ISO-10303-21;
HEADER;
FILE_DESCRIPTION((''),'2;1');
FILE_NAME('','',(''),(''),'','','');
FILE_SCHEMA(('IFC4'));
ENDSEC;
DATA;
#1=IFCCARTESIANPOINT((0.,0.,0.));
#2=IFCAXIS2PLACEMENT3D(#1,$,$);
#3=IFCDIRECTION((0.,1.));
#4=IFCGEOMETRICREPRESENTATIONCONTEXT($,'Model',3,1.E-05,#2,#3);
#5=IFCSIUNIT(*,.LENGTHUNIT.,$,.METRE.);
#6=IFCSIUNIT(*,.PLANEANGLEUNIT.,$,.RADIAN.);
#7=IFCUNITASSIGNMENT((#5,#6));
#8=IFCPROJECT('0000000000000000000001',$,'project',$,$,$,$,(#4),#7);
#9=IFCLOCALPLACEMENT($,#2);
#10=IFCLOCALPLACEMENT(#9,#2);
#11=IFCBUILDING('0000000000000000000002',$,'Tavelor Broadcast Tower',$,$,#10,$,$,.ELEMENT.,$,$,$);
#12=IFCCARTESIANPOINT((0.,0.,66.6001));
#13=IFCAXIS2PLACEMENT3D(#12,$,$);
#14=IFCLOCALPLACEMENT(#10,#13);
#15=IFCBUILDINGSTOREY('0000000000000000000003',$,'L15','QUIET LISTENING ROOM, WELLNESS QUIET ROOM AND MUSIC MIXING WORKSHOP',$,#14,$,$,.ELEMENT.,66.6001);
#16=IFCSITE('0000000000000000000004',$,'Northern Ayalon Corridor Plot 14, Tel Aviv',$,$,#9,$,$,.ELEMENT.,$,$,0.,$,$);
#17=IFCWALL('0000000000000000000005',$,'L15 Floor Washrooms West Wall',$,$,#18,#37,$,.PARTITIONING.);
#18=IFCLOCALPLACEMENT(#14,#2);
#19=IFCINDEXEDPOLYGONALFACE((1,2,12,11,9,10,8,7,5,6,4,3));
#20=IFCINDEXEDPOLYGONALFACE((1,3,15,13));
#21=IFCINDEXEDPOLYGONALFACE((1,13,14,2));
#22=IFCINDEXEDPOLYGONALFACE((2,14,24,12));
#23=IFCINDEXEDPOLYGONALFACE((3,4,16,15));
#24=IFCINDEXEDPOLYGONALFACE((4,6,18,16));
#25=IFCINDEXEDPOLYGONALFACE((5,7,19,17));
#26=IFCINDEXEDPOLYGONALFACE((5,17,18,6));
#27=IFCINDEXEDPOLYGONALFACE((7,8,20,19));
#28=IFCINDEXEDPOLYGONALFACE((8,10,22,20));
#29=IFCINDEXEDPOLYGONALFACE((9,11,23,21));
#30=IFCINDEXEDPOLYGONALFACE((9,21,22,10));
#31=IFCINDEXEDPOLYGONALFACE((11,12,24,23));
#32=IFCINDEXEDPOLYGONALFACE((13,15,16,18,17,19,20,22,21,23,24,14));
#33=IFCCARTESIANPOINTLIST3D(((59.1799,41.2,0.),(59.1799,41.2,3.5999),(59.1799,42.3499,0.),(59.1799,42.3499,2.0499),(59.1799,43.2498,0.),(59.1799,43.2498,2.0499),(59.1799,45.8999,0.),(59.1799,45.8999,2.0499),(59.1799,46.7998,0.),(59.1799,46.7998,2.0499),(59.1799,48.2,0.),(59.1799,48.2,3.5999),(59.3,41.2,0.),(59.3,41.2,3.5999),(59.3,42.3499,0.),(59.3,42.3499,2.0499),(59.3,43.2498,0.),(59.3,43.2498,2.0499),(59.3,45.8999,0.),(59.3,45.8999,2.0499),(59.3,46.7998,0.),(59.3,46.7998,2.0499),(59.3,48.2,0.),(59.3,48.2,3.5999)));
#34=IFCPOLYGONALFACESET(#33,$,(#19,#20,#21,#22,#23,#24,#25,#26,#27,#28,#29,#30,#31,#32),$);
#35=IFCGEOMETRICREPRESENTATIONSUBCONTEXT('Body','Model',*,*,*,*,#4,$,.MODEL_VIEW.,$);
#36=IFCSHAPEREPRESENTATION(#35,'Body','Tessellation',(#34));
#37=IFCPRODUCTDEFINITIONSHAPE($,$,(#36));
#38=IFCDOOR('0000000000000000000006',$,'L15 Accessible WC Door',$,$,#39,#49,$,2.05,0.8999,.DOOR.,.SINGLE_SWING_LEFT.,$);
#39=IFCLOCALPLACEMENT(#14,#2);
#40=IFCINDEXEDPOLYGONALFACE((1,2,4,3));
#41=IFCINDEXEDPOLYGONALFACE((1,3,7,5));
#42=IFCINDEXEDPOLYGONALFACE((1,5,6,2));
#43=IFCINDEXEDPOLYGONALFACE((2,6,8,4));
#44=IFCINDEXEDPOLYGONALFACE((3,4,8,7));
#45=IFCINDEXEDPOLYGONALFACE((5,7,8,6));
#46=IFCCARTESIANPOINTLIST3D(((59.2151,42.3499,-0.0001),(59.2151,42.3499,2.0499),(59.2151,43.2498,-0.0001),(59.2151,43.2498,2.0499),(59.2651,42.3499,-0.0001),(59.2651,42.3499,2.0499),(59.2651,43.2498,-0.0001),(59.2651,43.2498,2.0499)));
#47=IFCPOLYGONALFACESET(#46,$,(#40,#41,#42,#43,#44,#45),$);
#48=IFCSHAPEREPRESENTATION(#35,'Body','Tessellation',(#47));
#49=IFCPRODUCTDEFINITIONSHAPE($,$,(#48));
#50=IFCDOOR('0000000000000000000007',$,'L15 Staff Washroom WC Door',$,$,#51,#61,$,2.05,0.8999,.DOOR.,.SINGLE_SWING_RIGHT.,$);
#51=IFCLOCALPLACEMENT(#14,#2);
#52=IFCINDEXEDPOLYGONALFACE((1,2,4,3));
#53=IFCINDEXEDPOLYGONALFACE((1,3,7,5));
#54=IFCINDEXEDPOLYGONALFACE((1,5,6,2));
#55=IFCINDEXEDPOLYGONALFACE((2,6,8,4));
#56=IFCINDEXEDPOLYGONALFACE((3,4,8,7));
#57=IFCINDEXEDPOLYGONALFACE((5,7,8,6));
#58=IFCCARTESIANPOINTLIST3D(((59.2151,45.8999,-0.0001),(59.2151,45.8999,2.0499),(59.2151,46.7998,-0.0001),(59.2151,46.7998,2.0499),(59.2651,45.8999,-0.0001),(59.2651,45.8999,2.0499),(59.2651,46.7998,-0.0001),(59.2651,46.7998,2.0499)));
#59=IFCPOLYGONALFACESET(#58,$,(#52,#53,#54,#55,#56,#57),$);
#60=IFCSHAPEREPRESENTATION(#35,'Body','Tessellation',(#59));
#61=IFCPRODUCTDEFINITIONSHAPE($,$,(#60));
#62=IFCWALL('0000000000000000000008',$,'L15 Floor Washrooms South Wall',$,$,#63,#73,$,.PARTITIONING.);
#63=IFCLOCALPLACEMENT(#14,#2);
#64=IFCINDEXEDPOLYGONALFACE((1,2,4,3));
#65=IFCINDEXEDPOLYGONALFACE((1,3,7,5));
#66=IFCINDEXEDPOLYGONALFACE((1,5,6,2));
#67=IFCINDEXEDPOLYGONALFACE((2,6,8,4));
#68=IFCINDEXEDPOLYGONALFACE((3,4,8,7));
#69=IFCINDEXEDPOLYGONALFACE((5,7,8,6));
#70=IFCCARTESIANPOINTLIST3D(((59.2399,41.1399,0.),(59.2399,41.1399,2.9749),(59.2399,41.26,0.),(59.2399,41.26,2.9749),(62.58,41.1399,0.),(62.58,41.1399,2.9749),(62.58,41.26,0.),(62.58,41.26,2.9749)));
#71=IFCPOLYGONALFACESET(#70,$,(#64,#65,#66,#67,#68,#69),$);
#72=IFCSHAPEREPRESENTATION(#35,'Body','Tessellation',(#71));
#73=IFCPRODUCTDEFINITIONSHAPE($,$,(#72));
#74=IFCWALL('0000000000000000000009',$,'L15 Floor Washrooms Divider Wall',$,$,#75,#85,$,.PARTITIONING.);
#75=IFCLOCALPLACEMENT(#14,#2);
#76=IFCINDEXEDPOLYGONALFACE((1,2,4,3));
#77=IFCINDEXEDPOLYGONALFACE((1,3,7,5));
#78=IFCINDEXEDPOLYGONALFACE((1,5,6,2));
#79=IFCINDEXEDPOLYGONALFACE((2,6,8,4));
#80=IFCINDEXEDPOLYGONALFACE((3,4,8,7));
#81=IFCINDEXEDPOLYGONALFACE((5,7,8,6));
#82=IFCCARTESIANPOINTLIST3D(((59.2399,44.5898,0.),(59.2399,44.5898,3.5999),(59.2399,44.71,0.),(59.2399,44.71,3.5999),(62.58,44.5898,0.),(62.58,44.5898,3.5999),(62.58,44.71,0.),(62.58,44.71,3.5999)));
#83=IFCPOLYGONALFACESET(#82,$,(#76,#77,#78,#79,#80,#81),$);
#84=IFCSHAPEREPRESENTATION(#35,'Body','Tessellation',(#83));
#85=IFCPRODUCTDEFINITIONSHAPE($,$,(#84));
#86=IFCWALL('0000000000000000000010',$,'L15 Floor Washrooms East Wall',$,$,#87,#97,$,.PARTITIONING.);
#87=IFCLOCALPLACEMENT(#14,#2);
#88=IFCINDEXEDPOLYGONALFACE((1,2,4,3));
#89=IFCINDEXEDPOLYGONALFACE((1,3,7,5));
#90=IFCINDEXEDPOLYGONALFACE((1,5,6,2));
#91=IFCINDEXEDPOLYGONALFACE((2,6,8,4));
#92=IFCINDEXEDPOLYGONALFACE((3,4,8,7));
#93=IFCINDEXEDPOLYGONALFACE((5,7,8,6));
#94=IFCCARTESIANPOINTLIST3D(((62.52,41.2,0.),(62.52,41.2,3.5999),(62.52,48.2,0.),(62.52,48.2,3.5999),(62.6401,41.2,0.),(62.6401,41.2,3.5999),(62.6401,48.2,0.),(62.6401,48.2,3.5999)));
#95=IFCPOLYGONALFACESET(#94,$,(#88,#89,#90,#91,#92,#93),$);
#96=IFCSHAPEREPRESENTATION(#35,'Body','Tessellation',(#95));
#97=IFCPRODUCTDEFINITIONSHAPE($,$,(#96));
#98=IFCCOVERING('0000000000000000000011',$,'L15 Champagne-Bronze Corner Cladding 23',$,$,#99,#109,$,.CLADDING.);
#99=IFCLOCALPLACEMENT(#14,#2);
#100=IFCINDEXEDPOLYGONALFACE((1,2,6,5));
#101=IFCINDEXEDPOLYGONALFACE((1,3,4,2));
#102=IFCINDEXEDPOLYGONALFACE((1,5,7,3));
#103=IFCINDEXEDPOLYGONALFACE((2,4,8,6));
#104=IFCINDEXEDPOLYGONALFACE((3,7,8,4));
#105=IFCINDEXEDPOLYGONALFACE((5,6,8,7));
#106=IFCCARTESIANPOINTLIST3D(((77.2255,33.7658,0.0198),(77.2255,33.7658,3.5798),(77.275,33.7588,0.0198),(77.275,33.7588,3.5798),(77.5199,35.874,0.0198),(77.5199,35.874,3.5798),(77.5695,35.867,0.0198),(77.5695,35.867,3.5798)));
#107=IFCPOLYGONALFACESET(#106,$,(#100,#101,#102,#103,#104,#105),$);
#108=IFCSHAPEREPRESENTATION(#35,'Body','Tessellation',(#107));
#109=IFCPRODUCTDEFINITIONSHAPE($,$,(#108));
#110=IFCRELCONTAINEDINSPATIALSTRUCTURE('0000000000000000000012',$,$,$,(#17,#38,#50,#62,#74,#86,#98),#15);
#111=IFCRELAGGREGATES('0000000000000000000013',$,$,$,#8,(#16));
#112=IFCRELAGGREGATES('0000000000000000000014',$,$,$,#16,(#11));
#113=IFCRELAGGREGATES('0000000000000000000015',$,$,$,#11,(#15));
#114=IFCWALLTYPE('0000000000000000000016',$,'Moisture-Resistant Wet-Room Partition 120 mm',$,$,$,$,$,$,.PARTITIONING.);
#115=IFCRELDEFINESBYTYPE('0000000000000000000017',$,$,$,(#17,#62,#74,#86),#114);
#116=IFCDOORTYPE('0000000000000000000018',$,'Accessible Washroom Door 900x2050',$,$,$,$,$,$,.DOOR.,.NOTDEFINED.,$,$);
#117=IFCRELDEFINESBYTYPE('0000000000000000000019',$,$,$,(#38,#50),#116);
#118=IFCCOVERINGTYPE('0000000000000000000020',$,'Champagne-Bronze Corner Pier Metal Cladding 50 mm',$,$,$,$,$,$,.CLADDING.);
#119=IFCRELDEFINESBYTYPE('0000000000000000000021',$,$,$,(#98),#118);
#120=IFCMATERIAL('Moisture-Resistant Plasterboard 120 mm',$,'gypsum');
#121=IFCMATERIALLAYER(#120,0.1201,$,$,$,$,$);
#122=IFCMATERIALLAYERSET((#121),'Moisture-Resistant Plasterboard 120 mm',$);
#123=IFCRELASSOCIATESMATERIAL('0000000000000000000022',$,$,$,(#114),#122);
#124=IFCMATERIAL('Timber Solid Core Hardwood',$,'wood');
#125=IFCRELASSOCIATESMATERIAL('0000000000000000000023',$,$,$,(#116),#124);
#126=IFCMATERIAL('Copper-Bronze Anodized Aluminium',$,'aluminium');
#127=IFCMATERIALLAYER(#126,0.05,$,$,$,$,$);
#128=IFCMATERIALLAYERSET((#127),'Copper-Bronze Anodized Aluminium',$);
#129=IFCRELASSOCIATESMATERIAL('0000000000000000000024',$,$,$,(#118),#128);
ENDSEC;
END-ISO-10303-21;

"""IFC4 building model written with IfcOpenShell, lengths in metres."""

from ifc_helpers import new_model, si_unit, direction, frame, frame_2d, origin, origin_2d, place, context, subcontext, project, spatial, rectangle, extrude, material, layer, layer_set, type_object, element, fill, save


model = new_model("IFC4")

# Units and contexts
model_context = context("Model", 3, precision=1e-05, world=origin(), true_north=direction((0.0, 1.0)))
body_context = subcontext(model_context, "Body", "Model", "MODEL_VIEW")
ifc_project = project(units=[si_unit("LENGTHUNIT", "METRE"), si_unit("PLANEANGLEUNIT", "RADIAN")], contexts=[model_context])

# Site, building, storey
site_placement = place(None, origin())
site = spatial("IfcSite", under=ifc_project, at=site_placement, Name="Northern Ayalon Corridor Plot 14, Tel Aviv", CompositionType="ELEMENT", RefElevation=0.0)
building_placement = place(site_placement, origin())
building = spatial("IfcBuilding", under=site, at=building_placement, Name="Tavelor Broadcast Tower", CompositionType="ELEMENT")
storey_placement = place(building_placement, frame((0.0, 0.0, 66.6001)))
storey = spatial("IfcBuildingStorey", under=building, at=storey_placement, Name="L15", Description="QUIET LISTENING ROOM, WELLNESS QUIET ROOM AND MUSIC MIXING WORKSHOP", CompositionType="ELEMENT", Elevation=66.6001)

# Shared definitions
ifc_material_1 = material(Name="Timber Solid Core Hardwood", Category="wood")

# Wall, openings, doors
ifc_material_2 = material(Name="Moisture-Resistant Plasterboard 120 mm", Category="gypsum")
ifc_layer_1 = layer(ifc_material_2, 0.1201)
ifc_layer_set_1 = layer_set([ifc_layer_1], Name="Moisture-Resistant Plasterboard 120 mm")
wall_type_1 = type_object("IfcWallType", Name="Moisture-Resistant Wet-Room Partition 120 mm", PredefinedType="PARTITIONING", material=ifc_layer_set_1)
wall_1_placement = place(storey_placement, frame((59.24, 41.2, 0.0), z_axis=(0.0, 0.0, 1.0), x_axis=(0.0, 1.0, 0.0)))
wall_1 = element("IfcWall", 1, at=wall_1_placement, inside=storey, type_object=wall_type_1, Name="L15 Floor Washrooms West Wall", PredefinedType="PARTITIONING", context=body_context, shape_type="SweptSolid", body=[
    extrude(rectangle(XDim=7.0, YDim=0.1201, at=frame_2d((3.5, 0.0))), origin(), (0.0, 0.0, 1.0), 3.5999),
])
opening_1_placement = place(wall_1_placement, frame((1.1499, 0.0, 0.0)))
opening_1 = element("IfcOpeningElement", 2, at=opening_1_placement, cuts=wall_1, PredefinedType="OPENING", context=body_context, shape_type="SweptSolid", body=[
    extrude(rectangle(XDim=0.8999, YDim=2.05, at=frame_2d((0.45, 1.0249))), frame((0.0, 0.0701, 0.0), z_axis=(0.0, -1.0, 0.0), x_axis=(1.0, 0.0, 0.0)), (0.0, 0.0, 1.0), 0.1401),
])
opening_2_placement = place(wall_1_placement, frame((4.7, 0.0, 0.0)))
opening_2 = element("IfcOpeningElement", 3, at=opening_2_placement, cuts=wall_1, PredefinedType="OPENING", context=body_context, shape_type="SweptSolid", body=[
    extrude(rectangle(XDim=0.8999, YDim=2.05, at=frame_2d((0.45, 1.0249))), frame((0.0, 0.0701, 0.0), z_axis=(0.0, -1.0, 0.0), x_axis=(1.0, 0.0, 0.0)), (0.0, 0.0, 1.0), 0.1401),
])
door_type_1 = type_object("IfcDoorType", Name="Accessible Washroom Door 900x2050", OperationType="NOTDEFINED", PredefinedType="DOOR", material=ifc_material_1)
door_1_placement = place(opening_1_placement, origin())
door_1 = element("IfcDoor", 4, at=door_1_placement, inside=storey, type_object=door_type_1, Name="L15 Accessible WC Door", OperationType="SINGLE_SWING_LEFT", OverallHeight=2.05, OverallWidth=0.8999, PredefinedType="DOOR", context=body_context, shape_type="SweptSolid", body=[
    extrude(rectangle(XDim=0.8999, YDim=2.05, at=frame_2d((0.45, 1.0249))), frame((0.0, 0.0249, 0.0), z_axis=(0.0, -1.0, 0.0), x_axis=(1.0, 0.0, 0.0)), (0.0, 0.0, 1.0), 0.05),
])
fill(opening_1, door_1)
door_2_placement = place(opening_2_placement, origin())
door_2 = element("IfcDoor", 5, at=door_2_placement, inside=storey, type_object=door_type_1, Name="L15 Staff Washroom WC Door", OperationType="SINGLE_SWING_RIGHT", OverallHeight=2.05, OverallWidth=0.8999, PredefinedType="DOOR", context=body_context, shape_type="SweptSolid", body=[
    extrude(rectangle(XDim=0.8999, YDim=2.05, at=frame_2d((0.45, 1.0249))), frame((0.0, 0.0249, 0.0), z_axis=(0.0, -1.0, 0.0), x_axis=(1.0, 0.0, 0.0)), (0.0, 0.0, 1.0), 0.05),
])
fill(opening_2, door_2)

# Walls
wall_2_placement = place(storey_placement, frame((59.24, 41.2, 0.0), z_axis=(0.0, 0.0, 1.0), x_axis=(1.0, 0.0, 0.0)))
element("IfcWall", 6, at=wall_2_placement, inside=storey, type_object=wall_type_1, Name="L15 Floor Washrooms South Wall", PredefinedType="PARTITIONING", context=body_context, shape_type="SweptSolid", body=[
    extrude(rectangle(XDim=3.3401, YDim=0.1201, at=frame_2d((1.6699, 0.0))), origin(), (0.0, 0.0, 1.0), 2.9749),
])
wall_3_placement = place(storey_placement, frame((59.24, 44.6499, 0.0), z_axis=(0.0, 0.0, 1.0), x_axis=(1.0, 0.0, 0.0)))
element("IfcWall", 7, at=wall_3_placement, inside=storey, type_object=wall_type_1, Name="L15 Floor Washrooms Divider Wall", PredefinedType="PARTITIONING", context=body_context, shape_type="SweptSolid", body=[
    extrude(rectangle(XDim=3.3401, YDim=0.1201, at=frame_2d((1.6699, 0.0))), origin(), (0.0, 0.0, 1.0), 3.5999),
])
wall_4_placement = place(storey_placement, frame((62.5801, 41.2, 0.0), z_axis=(0.0, 0.0, 1.0), x_axis=(0.0, 1.0, 0.0)))
element("IfcWall", 8, at=wall_4_placement, inside=storey, type_object=wall_type_1, Name="L15 Floor Washrooms East Wall", PredefinedType="PARTITIONING", context=body_context, shape_type="SweptSolid", body=[
    extrude(rectangle(XDim=7.0, YDim=0.1201, at=frame_2d((3.5, 0.0))), origin(), (0.0, 0.0, 1.0), 3.5999),
])

# Covering
ifc_material_3 = material(Name="Copper-Bronze Anodized Aluminium", Category="aluminium")
ifc_layer_2 = layer(ifc_material_3, 0.05)
ifc_layer_set_2 = layer_set([ifc_layer_2], Name="Copper-Bronze Anodized Aluminium")
covering_type = type_object("IfcCoveringType", Name="Champagne-Bronze Corner Pier Metal Cladding 50 mm", PredefinedType="CLADDING", material=ifc_layer_set_2)
covering_placement = place(storey_placement, frame((77.3975, 34.8164, 0.0198), z_axis=(0.0, 0.0, 1.0), x_axis=(0.138309, 0.990389, 0.0)))
element("IfcCovering", 9, at=covering_placement, inside=storey, type_object=covering_type, Name="L15 Champagne-Bronze Corner Cladding 23", PredefinedType="CLADDING", context=body_context, shape_type="SweptSolid", body=[
    extrude(rectangle(XDim=2.1287, YDim=0.05, at=origin_2d()), origin(), (0.0, 0.0, 1.0), 3.5601),
])

save(model, "model.ifc")
